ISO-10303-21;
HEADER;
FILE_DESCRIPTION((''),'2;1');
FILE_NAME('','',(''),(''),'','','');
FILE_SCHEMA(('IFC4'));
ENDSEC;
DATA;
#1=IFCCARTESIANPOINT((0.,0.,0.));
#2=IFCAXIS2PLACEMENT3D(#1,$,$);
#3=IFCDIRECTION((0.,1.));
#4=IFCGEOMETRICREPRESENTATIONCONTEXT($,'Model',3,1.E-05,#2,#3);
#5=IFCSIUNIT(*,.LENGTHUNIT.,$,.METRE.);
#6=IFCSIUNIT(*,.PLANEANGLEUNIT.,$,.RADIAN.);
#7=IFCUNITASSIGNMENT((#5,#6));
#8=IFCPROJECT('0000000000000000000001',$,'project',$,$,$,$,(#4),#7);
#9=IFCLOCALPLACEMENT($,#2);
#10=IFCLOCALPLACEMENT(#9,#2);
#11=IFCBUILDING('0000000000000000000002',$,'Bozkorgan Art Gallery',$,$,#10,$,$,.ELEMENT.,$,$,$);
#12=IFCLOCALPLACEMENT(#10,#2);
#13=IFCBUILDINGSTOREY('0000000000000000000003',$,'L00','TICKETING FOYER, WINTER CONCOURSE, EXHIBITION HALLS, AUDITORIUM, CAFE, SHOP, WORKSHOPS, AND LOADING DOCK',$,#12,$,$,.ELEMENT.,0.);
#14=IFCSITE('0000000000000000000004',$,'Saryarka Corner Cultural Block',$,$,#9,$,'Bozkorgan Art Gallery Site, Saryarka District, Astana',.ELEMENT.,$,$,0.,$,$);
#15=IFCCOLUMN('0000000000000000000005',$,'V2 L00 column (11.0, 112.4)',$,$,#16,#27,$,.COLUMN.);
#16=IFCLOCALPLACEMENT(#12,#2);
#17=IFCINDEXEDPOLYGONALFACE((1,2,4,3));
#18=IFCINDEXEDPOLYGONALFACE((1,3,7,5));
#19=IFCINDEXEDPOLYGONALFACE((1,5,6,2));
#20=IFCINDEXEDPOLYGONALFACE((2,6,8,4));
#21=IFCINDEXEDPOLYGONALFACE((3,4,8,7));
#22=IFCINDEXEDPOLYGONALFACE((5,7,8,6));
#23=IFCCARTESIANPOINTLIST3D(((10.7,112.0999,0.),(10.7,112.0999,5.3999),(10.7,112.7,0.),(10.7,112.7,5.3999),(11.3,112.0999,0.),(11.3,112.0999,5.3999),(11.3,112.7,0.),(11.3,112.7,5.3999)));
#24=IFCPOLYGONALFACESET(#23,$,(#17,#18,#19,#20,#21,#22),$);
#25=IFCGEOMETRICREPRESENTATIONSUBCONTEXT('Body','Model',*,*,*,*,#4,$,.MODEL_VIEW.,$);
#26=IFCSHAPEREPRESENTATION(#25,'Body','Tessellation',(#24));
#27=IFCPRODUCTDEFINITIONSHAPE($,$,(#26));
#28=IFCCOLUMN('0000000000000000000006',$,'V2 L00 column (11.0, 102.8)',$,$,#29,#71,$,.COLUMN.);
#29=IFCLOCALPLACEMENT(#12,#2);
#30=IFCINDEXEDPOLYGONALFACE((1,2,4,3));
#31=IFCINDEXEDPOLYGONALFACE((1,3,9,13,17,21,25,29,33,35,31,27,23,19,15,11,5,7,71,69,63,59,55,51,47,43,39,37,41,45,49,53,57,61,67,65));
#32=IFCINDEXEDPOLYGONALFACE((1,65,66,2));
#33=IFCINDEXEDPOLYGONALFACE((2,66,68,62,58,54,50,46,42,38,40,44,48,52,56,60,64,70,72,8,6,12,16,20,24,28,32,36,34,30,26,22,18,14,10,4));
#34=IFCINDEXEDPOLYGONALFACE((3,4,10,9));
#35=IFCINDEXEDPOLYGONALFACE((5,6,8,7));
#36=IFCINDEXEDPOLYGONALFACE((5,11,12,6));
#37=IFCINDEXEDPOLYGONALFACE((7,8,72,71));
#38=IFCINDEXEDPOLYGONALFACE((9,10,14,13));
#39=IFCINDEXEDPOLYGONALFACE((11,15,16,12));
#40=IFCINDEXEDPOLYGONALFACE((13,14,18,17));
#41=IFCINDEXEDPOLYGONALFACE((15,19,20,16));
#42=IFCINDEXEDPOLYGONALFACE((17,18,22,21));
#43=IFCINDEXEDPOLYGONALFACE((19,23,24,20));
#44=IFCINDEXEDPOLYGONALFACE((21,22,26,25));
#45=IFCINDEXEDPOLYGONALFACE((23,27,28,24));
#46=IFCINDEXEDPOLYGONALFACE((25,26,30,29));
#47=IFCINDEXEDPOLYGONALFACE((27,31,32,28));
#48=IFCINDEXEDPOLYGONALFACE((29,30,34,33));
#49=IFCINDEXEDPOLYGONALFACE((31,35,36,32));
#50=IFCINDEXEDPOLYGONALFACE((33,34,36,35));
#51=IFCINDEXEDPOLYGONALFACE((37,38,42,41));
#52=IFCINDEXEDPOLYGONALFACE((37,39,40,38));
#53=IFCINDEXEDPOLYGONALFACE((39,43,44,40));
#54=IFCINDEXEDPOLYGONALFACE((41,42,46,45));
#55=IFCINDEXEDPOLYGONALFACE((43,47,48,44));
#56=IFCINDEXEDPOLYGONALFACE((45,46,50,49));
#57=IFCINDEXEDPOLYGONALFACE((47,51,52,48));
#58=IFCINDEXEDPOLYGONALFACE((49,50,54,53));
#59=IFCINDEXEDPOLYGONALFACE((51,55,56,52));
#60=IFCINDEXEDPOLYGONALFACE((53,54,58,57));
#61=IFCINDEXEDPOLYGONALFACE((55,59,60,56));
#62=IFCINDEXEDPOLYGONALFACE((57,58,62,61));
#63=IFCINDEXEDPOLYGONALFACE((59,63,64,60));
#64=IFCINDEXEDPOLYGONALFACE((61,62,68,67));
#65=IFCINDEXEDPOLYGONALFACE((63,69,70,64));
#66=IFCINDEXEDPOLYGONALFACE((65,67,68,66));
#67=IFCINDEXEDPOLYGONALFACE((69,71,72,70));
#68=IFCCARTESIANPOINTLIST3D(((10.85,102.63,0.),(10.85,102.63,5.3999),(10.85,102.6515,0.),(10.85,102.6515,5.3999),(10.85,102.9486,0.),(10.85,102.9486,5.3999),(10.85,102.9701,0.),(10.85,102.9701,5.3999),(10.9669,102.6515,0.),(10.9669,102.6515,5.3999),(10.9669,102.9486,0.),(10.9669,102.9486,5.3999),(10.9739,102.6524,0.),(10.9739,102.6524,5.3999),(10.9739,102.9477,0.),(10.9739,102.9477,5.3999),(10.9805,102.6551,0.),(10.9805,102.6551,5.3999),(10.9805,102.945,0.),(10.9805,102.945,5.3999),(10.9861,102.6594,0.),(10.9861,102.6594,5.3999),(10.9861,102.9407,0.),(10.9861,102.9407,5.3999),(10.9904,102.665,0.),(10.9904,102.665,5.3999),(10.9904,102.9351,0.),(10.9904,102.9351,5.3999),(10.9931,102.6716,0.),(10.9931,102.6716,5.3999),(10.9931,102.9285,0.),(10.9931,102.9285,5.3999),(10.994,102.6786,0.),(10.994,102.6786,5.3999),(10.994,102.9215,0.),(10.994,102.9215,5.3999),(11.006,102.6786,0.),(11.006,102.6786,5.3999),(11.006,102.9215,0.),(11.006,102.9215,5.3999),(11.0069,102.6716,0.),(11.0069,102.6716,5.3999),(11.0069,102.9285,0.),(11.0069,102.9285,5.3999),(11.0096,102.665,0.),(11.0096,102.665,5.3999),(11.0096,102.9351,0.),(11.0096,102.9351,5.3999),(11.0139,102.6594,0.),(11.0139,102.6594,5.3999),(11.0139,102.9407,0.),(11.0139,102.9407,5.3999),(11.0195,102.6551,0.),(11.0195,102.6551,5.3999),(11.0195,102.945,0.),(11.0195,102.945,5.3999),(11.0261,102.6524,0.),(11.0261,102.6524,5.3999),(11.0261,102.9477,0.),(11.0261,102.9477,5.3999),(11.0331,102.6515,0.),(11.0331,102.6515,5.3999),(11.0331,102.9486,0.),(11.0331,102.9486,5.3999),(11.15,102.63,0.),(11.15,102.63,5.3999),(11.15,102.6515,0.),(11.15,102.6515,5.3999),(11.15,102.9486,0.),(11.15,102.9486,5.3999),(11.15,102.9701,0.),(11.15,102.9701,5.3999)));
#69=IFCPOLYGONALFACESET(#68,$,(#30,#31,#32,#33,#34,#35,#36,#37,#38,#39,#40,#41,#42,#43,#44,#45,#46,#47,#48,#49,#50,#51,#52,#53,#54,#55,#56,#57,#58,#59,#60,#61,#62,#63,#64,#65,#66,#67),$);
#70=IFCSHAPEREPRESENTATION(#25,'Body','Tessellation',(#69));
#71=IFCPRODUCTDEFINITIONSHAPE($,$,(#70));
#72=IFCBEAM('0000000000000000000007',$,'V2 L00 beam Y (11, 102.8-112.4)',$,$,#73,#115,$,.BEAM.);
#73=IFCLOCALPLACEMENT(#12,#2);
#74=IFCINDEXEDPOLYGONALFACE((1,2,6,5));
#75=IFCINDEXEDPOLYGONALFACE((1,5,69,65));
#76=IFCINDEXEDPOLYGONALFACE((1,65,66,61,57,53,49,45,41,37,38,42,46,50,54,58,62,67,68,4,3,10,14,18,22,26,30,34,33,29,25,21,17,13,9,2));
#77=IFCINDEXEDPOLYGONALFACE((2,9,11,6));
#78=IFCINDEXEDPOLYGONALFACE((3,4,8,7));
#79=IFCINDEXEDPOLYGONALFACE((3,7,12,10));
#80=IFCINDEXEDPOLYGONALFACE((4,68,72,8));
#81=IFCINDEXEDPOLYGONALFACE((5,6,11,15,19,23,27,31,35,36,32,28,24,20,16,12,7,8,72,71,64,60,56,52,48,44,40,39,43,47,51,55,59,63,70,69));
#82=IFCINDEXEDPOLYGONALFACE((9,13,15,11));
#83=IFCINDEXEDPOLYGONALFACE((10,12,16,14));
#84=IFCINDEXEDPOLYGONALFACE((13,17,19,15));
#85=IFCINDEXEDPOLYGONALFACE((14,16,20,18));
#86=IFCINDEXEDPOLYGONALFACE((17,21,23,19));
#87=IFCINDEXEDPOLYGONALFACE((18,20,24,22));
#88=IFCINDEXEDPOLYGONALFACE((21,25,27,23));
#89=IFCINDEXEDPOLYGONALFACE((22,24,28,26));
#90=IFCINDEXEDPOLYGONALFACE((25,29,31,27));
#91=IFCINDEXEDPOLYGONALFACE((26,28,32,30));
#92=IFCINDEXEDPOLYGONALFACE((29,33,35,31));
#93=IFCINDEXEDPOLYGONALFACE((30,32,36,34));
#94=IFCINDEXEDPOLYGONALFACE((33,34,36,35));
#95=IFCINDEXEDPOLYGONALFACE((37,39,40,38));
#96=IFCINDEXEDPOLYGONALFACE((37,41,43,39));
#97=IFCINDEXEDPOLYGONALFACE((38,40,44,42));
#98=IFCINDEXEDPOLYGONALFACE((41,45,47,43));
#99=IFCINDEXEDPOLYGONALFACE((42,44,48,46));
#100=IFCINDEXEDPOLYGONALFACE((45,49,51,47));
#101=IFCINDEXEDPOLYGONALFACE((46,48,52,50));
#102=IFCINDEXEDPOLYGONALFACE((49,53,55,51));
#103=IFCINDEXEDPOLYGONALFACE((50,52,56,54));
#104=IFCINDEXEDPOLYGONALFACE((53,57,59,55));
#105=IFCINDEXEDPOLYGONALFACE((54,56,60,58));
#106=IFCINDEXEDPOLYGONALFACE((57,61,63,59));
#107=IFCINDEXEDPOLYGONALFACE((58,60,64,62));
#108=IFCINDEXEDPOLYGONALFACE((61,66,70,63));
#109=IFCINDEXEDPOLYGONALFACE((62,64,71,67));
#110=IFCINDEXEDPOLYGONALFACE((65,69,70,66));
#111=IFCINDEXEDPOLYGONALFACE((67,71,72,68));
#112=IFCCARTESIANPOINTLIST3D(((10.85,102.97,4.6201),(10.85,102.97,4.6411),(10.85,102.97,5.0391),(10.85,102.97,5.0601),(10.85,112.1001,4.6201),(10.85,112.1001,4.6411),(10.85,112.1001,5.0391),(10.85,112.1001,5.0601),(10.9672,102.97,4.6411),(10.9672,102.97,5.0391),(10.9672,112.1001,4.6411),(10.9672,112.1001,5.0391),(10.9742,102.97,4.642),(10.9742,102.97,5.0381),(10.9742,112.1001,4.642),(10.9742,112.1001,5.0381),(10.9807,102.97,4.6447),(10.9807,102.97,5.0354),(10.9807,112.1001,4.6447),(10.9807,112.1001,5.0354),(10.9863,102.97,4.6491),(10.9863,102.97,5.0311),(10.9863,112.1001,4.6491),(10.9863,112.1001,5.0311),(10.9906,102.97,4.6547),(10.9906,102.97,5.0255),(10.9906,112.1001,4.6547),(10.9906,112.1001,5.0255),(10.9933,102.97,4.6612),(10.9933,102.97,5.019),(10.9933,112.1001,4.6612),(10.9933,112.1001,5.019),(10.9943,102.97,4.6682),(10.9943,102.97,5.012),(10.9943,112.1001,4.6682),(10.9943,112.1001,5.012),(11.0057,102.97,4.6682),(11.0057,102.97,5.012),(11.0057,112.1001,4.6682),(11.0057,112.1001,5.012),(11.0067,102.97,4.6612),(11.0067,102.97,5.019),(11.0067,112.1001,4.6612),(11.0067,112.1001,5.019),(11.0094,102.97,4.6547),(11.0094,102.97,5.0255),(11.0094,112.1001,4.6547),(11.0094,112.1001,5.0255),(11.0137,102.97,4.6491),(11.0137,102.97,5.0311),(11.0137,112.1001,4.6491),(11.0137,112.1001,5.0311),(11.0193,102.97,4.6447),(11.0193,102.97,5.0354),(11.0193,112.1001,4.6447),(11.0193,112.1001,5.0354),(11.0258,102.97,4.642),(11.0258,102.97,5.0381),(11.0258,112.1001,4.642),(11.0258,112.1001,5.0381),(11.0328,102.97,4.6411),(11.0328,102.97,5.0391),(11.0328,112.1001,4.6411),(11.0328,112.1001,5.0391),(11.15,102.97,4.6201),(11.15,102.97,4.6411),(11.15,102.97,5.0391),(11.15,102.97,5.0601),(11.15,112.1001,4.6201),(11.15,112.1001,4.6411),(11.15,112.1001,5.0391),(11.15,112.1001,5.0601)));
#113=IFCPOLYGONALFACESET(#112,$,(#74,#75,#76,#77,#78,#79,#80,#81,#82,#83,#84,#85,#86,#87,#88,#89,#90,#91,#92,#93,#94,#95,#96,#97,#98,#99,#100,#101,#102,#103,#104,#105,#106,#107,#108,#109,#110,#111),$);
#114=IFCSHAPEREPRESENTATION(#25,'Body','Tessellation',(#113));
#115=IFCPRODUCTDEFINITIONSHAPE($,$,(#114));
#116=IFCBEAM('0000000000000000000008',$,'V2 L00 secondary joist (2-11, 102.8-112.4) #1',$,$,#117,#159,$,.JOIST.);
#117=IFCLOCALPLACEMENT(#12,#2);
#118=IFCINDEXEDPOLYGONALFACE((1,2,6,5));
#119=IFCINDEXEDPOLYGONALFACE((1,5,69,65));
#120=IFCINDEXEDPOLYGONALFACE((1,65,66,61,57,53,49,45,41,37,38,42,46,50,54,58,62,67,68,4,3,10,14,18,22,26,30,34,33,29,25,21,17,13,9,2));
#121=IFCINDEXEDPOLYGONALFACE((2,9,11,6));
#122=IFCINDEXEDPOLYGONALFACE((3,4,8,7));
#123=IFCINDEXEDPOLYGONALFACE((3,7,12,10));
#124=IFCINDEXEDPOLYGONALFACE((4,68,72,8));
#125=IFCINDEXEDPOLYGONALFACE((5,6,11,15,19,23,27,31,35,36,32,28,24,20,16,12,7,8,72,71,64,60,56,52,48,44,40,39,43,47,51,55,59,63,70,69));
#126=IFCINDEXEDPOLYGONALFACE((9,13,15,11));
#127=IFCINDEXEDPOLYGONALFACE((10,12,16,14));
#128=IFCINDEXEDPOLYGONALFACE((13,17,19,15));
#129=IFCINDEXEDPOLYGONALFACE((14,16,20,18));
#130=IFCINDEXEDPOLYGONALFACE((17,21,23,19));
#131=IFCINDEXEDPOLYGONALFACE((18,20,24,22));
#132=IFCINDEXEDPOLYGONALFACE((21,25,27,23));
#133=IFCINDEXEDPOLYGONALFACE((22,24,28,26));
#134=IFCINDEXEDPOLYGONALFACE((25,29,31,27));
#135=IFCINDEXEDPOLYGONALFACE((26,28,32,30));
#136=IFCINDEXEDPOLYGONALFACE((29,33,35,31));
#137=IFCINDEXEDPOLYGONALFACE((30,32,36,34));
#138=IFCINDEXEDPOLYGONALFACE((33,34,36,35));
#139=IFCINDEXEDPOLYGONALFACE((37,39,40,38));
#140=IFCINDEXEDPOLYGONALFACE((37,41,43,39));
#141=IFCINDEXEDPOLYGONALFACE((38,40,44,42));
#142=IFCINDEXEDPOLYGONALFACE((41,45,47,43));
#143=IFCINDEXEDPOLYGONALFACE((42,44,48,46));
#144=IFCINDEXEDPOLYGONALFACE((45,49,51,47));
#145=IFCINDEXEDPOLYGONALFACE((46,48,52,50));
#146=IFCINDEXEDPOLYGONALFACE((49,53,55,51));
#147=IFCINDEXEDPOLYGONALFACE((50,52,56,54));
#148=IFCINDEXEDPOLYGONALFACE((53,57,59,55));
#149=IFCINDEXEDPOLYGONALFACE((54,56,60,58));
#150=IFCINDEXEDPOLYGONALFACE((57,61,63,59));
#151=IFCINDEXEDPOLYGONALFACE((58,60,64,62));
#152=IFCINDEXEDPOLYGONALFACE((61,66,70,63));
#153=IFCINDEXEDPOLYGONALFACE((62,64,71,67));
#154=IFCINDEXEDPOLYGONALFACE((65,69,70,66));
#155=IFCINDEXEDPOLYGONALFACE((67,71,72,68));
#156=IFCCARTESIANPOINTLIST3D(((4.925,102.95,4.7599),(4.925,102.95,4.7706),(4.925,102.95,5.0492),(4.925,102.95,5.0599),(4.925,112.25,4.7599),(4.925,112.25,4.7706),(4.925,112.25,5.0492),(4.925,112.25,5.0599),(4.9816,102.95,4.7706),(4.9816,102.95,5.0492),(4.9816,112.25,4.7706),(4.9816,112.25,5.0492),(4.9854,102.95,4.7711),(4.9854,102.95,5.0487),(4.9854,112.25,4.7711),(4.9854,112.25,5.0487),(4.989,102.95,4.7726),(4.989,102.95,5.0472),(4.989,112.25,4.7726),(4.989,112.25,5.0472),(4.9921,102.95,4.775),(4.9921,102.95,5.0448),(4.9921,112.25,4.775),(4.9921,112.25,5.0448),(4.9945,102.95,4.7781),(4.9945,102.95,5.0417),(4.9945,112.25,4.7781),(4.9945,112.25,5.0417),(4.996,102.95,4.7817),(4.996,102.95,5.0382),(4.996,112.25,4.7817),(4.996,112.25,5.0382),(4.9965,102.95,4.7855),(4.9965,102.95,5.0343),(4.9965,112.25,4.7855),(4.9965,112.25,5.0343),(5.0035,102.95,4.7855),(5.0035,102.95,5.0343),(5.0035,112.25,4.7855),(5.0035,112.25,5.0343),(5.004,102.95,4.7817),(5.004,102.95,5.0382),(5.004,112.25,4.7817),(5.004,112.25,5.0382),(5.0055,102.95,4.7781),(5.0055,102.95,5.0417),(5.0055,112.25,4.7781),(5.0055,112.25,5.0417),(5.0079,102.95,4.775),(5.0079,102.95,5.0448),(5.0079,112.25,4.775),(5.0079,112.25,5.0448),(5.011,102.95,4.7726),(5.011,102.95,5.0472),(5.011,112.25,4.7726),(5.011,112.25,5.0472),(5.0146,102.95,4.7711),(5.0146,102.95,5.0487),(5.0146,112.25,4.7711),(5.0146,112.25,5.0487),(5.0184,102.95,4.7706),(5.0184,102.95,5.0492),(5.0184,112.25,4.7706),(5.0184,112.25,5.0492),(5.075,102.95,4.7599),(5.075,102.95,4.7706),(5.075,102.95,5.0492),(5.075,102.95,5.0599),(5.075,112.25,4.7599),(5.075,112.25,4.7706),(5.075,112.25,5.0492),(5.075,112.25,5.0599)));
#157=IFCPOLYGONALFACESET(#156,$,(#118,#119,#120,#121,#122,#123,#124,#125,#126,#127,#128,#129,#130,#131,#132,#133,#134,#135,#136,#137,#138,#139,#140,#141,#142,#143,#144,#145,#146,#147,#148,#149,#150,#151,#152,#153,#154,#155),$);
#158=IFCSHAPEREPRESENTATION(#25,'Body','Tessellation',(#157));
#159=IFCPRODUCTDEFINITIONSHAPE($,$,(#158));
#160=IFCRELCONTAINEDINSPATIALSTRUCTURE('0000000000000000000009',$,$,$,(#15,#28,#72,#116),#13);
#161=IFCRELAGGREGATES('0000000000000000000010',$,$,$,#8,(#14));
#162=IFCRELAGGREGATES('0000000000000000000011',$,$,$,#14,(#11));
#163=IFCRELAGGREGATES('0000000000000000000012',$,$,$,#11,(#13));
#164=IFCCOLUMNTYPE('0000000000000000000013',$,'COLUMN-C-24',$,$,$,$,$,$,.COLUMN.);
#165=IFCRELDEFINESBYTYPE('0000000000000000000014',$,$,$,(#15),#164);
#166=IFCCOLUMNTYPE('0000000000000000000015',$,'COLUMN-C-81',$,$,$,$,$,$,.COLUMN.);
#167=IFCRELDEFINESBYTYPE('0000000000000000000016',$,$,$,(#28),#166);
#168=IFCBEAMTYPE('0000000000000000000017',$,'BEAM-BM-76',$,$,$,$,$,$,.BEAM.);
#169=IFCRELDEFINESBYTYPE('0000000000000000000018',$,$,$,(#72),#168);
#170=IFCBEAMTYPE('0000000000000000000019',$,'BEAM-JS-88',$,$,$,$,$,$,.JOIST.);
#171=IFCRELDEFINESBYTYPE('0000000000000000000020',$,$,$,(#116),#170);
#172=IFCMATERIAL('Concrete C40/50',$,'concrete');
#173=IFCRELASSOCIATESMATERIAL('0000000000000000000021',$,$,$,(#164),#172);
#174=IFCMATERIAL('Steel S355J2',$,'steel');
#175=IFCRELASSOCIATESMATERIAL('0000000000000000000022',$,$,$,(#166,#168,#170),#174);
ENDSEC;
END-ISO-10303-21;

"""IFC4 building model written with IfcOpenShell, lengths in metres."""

from ifc_helpers import new_model, si_unit, direction, frame, origin, origin_2d, place, context, subcontext, project, spatial, rectangle, i_section, extrude, material, material_profile, profile_set, type_object, element, save


model = new_model("IFC4")

# Units and contexts
model_context = context("Model", 3, precision=1e-05, world=origin(), true_north=direction((0.0, 1.0)))
body_context = subcontext(model_context, "Body", "Model", "MODEL_VIEW")
ifc_project = project(units=[si_unit("LENGTHUNIT", "METRE"), si_unit("PLANEANGLEUNIT", "RADIAN")], contexts=[model_context])

# Site, building, storey
site_placement = place(None, origin())
site = spatial("IfcSite", under=ifc_project, at=site_placement, Name="Saryarka Corner Cultural Block", LongName="Bozkorgan Art Gallery Site, Saryarka District, Astana", CompositionType="ELEMENT", RefElevation=0.0)
building_placement = place(site_placement, origin())
building = spatial("IfcBuilding", under=site, at=building_placement, Name="Bozkorgan Art Gallery", CompositionType="ELEMENT")
storey_placement = place(building_placement, origin())
storey = spatial("IfcBuildingStorey", under=building, at=storey_placement, Name="L00", Description="TICKETING FOYER, WINTER CONCOURSE, EXHIBITION HALLS, AUDITORIUM, CAFE, SHOP, WORKSHOPS, AND LOADING DOCK", CompositionType="ELEMENT", Elevation=0.0)

# Columns
ifc_material_1 = material(Name="Concrete C40/50", Category="concrete")
ifc_material_profile_1 = material_profile(ifc_material_1, rectangle(XDim=0.6001, YDim=0.6001, at=origin_2d()), Name="RC 600x600")
ifc_profile_set_1 = profile_set([ifc_material_profile_1], Name="Concrete C40/50")
column_type_1 = type_object("IfcColumnType", Name="COLUMN-C-24", PredefinedType="COLUMN", material=ifc_profile_set_1)
for number, where, z_axis, x_axis, name in (
    (1, (11.0, 112.3999, 0.0), (0.0, 0.0, 1.0), (1.0, 0.0, 0.0), "V2 L00 column (11.0, 112.4)"),
):
    element("IfcColumn", number, at=place(storey_placement, frame(where, z_axis=z_axis, x_axis=x_axis)), inside=storey, type_object=column_type_1, Name=name, PredefinedType="COLUMN", context=body_context, shape_type="SweptSolid", body=[
        extrude(rectangle(XDim=0.6001, YDim=0.6001, at=origin_2d()), origin(), (0.0, 0.0, 1.0), 5.3999),
    ])
ifc_material_2 = material(Name="Steel S355J2", Category="steel")
ifc_material_profile_2 = material_profile(ifc_material_2, i_section(OverallWidth=0.3, OverallDepth=0.3401, WebThickness=0.012, FlangeThickness=0.0215, FilletRadius=0.0271, at=origin_2d()), Name="HEB 340")
ifc_profile_set_2 = profile_set([ifc_material_profile_2], Name="Steel S355J2")
column_type_2 = type_object("IfcColumnType", Name="COLUMN-C-81", PredefinedType="COLUMN", material=ifc_profile_set_2)
column_placement = place(storey_placement, frame((11.0, 102.8, 0.0), z_axis=(0.0, 0.0, 1.0), x_axis=(1.0, 0.0, 0.0)))
element("IfcColumn", 2, at=column_placement, inside=storey, type_object=column_type_2, Name="V2 L00 column (11.0, 102.8)", PredefinedType="COLUMN", context=body_context, shape_type="SweptSolid", body=[
    extrude(i_section(OverallWidth=0.3, OverallDepth=0.3401, WebThickness=0.012, FlangeThickness=0.0215, FilletRadius=0.0271, at=origin_2d()), origin(), (0.0, 0.0, 1.0), 5.3999),
])

# Beams
ifc_material_profile_3 = material_profile(ifc_material_2, i_section(OverallWidth=0.3, OverallDepth=0.4399, WebThickness=0.0115, FlangeThickness=0.021, FilletRadius=0.0271, at=origin_2d()), Name="HEA 450")
ifc_profile_set_3 = profile_set([ifc_material_profile_3], Name="Steel S355J2")
beam_type_1 = type_object("IfcBeamType", Name="BEAM-BM-76", PredefinedType="BEAM", material=ifc_profile_set_3)
beam_1_placement = place(storey_placement, frame((11.0, 102.97, 4.8401), z_axis=(0.0, 1.0, 0.0), x_axis=(-1.0, 0.0, 0.0)))
element("IfcBeam", 3, at=beam_1_placement, inside=storey, type_object=beam_type_1, Name="V2 L00 beam Y (11, 102.8-112.4)", PredefinedType="BEAM", context=body_context, shape_type="SweptSolid", body=[
    extrude(i_section(OverallWidth=0.3, OverallDepth=0.4399, WebThickness=0.0115, FlangeThickness=0.021, FilletRadius=0.0271, at=origin_2d()), origin(), (0.0, 0.0, 1.0), 9.1301),
])
ifc_material_profile_4 = material_profile(ifc_material_2, i_section(OverallWidth=0.1499, OverallDepth=0.3, WebThickness=0.0071, FlangeThickness=0.0107, FilletRadius=0.0149, at=origin_2d()), Name="IPE 300")
ifc_profile_set_4 = profile_set([ifc_material_profile_4], Name="Steel S355J2")
beam_type_2 = type_object("IfcBeamType", Name="BEAM-JS-88", PredefinedType="JOIST", material=ifc_profile_set_4)
for number, where, z_axis, x_axis, name in (
    (4, (5.0, 102.95, 4.9099), (0.0, 1.0, 0.0), (-1.0, 0.0, 0.0), "V2 L00 secondary joist (2-11, 102.8-112.4) #1"),
):
    element("IfcBeam", number, at=place(storey_placement, frame(where, z_axis=z_axis, x_axis=x_axis)), inside=storey, type_object=beam_type_2, Name=name, PredefinedType="JOIST", context=body_context, shape_type="SweptSolid", body=[
        extrude(i_section(OverallWidth=0.1499, OverallDepth=0.3, WebThickness=0.0071, FlangeThickness=0.0107, FilletRadius=0.0149, at=origin_2d()), origin(), (0.0, 0.0, 1.0), 9.3),
    ])

save(model, "model.ifc")
